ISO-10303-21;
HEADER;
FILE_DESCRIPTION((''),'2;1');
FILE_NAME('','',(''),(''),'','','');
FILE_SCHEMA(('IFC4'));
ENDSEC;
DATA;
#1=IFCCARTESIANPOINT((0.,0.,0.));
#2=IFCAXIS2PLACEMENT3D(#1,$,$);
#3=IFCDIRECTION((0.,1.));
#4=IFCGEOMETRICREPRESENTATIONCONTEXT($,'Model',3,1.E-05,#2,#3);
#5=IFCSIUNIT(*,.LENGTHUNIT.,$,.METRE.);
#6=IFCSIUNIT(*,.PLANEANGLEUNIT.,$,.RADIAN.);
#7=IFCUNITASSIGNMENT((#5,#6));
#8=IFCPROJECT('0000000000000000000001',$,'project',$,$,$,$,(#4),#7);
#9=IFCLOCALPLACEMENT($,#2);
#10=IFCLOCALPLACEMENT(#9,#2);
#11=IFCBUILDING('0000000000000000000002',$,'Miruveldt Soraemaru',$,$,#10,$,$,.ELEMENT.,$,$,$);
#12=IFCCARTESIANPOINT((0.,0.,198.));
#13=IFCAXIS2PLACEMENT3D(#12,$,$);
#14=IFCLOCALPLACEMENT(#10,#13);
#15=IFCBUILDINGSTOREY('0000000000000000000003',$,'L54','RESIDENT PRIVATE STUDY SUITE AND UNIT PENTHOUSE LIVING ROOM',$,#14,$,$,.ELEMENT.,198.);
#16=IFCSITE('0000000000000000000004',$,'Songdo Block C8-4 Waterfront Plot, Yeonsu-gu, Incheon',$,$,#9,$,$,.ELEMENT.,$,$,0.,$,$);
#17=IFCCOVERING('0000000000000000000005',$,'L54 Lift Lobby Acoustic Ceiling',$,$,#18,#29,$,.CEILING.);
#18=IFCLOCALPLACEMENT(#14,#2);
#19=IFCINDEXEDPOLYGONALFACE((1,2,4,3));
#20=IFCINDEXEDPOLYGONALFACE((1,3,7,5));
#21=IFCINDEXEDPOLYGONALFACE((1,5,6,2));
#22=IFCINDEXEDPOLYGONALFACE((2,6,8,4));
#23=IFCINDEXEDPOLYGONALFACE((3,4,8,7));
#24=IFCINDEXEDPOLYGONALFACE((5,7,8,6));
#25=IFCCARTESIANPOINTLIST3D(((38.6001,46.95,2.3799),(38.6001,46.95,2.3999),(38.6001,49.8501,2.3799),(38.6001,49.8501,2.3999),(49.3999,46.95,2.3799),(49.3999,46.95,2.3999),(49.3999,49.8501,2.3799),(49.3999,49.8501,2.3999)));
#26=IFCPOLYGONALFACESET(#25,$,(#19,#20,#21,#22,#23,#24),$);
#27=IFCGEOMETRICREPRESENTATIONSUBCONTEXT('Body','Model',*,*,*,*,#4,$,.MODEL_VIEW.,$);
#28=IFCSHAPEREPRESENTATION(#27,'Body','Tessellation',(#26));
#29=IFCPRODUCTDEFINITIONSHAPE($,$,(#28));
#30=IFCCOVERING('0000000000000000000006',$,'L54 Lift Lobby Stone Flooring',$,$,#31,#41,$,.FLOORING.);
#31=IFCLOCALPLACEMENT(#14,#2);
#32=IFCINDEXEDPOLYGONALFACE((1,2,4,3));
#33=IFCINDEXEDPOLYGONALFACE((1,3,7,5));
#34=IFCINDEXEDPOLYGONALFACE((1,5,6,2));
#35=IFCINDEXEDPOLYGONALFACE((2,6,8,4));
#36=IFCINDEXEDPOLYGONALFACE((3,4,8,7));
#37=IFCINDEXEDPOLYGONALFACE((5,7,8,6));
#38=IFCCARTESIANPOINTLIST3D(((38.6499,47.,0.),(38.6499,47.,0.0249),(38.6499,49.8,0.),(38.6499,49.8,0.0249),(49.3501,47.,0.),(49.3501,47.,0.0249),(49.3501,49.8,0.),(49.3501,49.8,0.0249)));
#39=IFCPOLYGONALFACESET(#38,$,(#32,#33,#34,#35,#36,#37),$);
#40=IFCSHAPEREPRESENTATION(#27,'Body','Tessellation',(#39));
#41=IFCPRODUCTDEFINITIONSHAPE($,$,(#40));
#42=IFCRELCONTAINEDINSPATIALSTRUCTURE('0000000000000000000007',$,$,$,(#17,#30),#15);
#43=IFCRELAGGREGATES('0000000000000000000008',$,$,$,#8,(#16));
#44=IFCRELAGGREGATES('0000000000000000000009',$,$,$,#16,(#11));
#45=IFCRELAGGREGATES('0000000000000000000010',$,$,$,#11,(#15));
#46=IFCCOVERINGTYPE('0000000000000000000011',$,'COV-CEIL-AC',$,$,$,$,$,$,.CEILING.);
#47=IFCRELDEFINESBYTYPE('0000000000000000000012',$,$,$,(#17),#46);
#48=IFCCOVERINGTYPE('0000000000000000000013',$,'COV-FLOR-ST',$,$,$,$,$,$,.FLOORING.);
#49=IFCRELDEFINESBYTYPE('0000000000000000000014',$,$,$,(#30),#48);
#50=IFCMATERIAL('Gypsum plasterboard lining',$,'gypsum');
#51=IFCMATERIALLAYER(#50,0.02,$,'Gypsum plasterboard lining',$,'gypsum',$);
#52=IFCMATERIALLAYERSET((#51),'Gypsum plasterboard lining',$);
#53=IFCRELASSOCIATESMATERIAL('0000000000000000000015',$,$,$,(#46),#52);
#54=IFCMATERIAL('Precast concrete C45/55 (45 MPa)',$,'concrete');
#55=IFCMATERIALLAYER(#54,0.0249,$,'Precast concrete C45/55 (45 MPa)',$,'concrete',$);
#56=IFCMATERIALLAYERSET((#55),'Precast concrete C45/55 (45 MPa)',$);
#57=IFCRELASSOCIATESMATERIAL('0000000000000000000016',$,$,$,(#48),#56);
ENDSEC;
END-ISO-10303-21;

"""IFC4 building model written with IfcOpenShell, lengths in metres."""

from ifc_helpers import new_model, si_unit, direction, frame, origin, place, context, subcontext, project, spatial, polyline, outline, extrude, material, layer, layer_set, type_object, element, save


model = new_model("IFC4")

# Units and contexts
model_context = context("Model", 3, precision=1e-05, world=origin(), true_north=direction((0.0, 1.0)))
body_context = subcontext(model_context, "Body", "Model", "MODEL_VIEW")
ifc_project = project(units=[si_unit("LENGTHUNIT", "METRE"), si_unit("PLANEANGLEUNIT", "RADIAN")], contexts=[model_context])

# Site, building, storey
site_placement = place(None, origin())
site = spatial("IfcSite", under=ifc_project, at=site_placement, Name="Songdo Block C8-4 Waterfront Plot, Yeonsu-gu, Incheon", CompositionType="ELEMENT", RefElevation=0.0)
building_placement = place(site_placement, origin())
building = spatial("IfcBuilding", under=site, at=building_placement, Name="Miruveldt Soraemaru", CompositionType="ELEMENT")
storey_placement = place(building_placement, frame((0.0, 0.0, 198.0)))
storey = spatial("IfcBuildingStorey", under=building, at=storey_placement, Name="L54", Description="RESIDENT PRIVATE STUDY SUITE AND UNIT PENTHOUSE LIVING ROOM", CompositionType="ELEMENT", Elevation=198.0)

# Shared definitions
ifc_material_1 = material(Name="Precast concrete C45/55 (45 MPa)", Category="concrete")

# Shared definitions
ifc_material_2 = material(Name="Gypsum plasterboard lining", Category="gypsum")

# Coverings
ifc_layer_1 = layer(ifc_material_2, 0.02, Name="Gypsum plasterboard lining", Category="gypsum")
ifc_layer_set_1 = layer_set([ifc_layer_1], Name="Gypsum plasterboard lining")
covering_type_1 = type_object("IfcCoveringType", Name="COV-CEIL-AC", PredefinedType="CEILING", material=ifc_layer_set_1)
covering_1_placement = place(storey_placement, frame((0.0, 0.0, 2.3799)))
element("IfcCovering", 1, at=covering_1_placement, inside=storey, type_object=covering_type_1, Name="L54 Lift Lobby Acoustic Ceiling", PredefinedType="CEILING", context=body_context, shape_type="SweptSolid", body=[
    extrude(outline(polyline([(38.6001, 46.95), (49.3999, 46.95), (49.3999, 49.8501), (38.6001, 49.8501), (38.6001, 46.95)])), origin(), (0.0, 0.0, 1.0), 0.02),
])
ifc_layer_2 = layer(ifc_material_1, 0.0249, Name="Precast concrete C45/55 (45 MPa)", Category="concrete")
ifc_layer_set_2 = layer_set([ifc_layer_2], Name="Precast concrete C45/55 (45 MPa)")
covering_type_2 = type_object("IfcCoveringType", Name="COV-FLOR-ST", PredefinedType="FLOORING", material=ifc_layer_set_2)
covering_2_placement = place(storey_placement, origin())
element("IfcCovering", 2, at=covering_2_placement, inside=storey, type_object=covering_type_2, Name="L54 Lift Lobby Stone Flooring", PredefinedType="FLOORING", context=body_context, shape_type="SweptSolid", body=[
    extrude(outline(polyline([(38.6499, 47.0), (49.3501, 47.0), (49.3501, 49.8), (38.6499, 49.8), (38.6499, 47.0)])), origin(), (0.0, 0.0, 1.0), 0.0249),
])

save(model, "model.ifc")
